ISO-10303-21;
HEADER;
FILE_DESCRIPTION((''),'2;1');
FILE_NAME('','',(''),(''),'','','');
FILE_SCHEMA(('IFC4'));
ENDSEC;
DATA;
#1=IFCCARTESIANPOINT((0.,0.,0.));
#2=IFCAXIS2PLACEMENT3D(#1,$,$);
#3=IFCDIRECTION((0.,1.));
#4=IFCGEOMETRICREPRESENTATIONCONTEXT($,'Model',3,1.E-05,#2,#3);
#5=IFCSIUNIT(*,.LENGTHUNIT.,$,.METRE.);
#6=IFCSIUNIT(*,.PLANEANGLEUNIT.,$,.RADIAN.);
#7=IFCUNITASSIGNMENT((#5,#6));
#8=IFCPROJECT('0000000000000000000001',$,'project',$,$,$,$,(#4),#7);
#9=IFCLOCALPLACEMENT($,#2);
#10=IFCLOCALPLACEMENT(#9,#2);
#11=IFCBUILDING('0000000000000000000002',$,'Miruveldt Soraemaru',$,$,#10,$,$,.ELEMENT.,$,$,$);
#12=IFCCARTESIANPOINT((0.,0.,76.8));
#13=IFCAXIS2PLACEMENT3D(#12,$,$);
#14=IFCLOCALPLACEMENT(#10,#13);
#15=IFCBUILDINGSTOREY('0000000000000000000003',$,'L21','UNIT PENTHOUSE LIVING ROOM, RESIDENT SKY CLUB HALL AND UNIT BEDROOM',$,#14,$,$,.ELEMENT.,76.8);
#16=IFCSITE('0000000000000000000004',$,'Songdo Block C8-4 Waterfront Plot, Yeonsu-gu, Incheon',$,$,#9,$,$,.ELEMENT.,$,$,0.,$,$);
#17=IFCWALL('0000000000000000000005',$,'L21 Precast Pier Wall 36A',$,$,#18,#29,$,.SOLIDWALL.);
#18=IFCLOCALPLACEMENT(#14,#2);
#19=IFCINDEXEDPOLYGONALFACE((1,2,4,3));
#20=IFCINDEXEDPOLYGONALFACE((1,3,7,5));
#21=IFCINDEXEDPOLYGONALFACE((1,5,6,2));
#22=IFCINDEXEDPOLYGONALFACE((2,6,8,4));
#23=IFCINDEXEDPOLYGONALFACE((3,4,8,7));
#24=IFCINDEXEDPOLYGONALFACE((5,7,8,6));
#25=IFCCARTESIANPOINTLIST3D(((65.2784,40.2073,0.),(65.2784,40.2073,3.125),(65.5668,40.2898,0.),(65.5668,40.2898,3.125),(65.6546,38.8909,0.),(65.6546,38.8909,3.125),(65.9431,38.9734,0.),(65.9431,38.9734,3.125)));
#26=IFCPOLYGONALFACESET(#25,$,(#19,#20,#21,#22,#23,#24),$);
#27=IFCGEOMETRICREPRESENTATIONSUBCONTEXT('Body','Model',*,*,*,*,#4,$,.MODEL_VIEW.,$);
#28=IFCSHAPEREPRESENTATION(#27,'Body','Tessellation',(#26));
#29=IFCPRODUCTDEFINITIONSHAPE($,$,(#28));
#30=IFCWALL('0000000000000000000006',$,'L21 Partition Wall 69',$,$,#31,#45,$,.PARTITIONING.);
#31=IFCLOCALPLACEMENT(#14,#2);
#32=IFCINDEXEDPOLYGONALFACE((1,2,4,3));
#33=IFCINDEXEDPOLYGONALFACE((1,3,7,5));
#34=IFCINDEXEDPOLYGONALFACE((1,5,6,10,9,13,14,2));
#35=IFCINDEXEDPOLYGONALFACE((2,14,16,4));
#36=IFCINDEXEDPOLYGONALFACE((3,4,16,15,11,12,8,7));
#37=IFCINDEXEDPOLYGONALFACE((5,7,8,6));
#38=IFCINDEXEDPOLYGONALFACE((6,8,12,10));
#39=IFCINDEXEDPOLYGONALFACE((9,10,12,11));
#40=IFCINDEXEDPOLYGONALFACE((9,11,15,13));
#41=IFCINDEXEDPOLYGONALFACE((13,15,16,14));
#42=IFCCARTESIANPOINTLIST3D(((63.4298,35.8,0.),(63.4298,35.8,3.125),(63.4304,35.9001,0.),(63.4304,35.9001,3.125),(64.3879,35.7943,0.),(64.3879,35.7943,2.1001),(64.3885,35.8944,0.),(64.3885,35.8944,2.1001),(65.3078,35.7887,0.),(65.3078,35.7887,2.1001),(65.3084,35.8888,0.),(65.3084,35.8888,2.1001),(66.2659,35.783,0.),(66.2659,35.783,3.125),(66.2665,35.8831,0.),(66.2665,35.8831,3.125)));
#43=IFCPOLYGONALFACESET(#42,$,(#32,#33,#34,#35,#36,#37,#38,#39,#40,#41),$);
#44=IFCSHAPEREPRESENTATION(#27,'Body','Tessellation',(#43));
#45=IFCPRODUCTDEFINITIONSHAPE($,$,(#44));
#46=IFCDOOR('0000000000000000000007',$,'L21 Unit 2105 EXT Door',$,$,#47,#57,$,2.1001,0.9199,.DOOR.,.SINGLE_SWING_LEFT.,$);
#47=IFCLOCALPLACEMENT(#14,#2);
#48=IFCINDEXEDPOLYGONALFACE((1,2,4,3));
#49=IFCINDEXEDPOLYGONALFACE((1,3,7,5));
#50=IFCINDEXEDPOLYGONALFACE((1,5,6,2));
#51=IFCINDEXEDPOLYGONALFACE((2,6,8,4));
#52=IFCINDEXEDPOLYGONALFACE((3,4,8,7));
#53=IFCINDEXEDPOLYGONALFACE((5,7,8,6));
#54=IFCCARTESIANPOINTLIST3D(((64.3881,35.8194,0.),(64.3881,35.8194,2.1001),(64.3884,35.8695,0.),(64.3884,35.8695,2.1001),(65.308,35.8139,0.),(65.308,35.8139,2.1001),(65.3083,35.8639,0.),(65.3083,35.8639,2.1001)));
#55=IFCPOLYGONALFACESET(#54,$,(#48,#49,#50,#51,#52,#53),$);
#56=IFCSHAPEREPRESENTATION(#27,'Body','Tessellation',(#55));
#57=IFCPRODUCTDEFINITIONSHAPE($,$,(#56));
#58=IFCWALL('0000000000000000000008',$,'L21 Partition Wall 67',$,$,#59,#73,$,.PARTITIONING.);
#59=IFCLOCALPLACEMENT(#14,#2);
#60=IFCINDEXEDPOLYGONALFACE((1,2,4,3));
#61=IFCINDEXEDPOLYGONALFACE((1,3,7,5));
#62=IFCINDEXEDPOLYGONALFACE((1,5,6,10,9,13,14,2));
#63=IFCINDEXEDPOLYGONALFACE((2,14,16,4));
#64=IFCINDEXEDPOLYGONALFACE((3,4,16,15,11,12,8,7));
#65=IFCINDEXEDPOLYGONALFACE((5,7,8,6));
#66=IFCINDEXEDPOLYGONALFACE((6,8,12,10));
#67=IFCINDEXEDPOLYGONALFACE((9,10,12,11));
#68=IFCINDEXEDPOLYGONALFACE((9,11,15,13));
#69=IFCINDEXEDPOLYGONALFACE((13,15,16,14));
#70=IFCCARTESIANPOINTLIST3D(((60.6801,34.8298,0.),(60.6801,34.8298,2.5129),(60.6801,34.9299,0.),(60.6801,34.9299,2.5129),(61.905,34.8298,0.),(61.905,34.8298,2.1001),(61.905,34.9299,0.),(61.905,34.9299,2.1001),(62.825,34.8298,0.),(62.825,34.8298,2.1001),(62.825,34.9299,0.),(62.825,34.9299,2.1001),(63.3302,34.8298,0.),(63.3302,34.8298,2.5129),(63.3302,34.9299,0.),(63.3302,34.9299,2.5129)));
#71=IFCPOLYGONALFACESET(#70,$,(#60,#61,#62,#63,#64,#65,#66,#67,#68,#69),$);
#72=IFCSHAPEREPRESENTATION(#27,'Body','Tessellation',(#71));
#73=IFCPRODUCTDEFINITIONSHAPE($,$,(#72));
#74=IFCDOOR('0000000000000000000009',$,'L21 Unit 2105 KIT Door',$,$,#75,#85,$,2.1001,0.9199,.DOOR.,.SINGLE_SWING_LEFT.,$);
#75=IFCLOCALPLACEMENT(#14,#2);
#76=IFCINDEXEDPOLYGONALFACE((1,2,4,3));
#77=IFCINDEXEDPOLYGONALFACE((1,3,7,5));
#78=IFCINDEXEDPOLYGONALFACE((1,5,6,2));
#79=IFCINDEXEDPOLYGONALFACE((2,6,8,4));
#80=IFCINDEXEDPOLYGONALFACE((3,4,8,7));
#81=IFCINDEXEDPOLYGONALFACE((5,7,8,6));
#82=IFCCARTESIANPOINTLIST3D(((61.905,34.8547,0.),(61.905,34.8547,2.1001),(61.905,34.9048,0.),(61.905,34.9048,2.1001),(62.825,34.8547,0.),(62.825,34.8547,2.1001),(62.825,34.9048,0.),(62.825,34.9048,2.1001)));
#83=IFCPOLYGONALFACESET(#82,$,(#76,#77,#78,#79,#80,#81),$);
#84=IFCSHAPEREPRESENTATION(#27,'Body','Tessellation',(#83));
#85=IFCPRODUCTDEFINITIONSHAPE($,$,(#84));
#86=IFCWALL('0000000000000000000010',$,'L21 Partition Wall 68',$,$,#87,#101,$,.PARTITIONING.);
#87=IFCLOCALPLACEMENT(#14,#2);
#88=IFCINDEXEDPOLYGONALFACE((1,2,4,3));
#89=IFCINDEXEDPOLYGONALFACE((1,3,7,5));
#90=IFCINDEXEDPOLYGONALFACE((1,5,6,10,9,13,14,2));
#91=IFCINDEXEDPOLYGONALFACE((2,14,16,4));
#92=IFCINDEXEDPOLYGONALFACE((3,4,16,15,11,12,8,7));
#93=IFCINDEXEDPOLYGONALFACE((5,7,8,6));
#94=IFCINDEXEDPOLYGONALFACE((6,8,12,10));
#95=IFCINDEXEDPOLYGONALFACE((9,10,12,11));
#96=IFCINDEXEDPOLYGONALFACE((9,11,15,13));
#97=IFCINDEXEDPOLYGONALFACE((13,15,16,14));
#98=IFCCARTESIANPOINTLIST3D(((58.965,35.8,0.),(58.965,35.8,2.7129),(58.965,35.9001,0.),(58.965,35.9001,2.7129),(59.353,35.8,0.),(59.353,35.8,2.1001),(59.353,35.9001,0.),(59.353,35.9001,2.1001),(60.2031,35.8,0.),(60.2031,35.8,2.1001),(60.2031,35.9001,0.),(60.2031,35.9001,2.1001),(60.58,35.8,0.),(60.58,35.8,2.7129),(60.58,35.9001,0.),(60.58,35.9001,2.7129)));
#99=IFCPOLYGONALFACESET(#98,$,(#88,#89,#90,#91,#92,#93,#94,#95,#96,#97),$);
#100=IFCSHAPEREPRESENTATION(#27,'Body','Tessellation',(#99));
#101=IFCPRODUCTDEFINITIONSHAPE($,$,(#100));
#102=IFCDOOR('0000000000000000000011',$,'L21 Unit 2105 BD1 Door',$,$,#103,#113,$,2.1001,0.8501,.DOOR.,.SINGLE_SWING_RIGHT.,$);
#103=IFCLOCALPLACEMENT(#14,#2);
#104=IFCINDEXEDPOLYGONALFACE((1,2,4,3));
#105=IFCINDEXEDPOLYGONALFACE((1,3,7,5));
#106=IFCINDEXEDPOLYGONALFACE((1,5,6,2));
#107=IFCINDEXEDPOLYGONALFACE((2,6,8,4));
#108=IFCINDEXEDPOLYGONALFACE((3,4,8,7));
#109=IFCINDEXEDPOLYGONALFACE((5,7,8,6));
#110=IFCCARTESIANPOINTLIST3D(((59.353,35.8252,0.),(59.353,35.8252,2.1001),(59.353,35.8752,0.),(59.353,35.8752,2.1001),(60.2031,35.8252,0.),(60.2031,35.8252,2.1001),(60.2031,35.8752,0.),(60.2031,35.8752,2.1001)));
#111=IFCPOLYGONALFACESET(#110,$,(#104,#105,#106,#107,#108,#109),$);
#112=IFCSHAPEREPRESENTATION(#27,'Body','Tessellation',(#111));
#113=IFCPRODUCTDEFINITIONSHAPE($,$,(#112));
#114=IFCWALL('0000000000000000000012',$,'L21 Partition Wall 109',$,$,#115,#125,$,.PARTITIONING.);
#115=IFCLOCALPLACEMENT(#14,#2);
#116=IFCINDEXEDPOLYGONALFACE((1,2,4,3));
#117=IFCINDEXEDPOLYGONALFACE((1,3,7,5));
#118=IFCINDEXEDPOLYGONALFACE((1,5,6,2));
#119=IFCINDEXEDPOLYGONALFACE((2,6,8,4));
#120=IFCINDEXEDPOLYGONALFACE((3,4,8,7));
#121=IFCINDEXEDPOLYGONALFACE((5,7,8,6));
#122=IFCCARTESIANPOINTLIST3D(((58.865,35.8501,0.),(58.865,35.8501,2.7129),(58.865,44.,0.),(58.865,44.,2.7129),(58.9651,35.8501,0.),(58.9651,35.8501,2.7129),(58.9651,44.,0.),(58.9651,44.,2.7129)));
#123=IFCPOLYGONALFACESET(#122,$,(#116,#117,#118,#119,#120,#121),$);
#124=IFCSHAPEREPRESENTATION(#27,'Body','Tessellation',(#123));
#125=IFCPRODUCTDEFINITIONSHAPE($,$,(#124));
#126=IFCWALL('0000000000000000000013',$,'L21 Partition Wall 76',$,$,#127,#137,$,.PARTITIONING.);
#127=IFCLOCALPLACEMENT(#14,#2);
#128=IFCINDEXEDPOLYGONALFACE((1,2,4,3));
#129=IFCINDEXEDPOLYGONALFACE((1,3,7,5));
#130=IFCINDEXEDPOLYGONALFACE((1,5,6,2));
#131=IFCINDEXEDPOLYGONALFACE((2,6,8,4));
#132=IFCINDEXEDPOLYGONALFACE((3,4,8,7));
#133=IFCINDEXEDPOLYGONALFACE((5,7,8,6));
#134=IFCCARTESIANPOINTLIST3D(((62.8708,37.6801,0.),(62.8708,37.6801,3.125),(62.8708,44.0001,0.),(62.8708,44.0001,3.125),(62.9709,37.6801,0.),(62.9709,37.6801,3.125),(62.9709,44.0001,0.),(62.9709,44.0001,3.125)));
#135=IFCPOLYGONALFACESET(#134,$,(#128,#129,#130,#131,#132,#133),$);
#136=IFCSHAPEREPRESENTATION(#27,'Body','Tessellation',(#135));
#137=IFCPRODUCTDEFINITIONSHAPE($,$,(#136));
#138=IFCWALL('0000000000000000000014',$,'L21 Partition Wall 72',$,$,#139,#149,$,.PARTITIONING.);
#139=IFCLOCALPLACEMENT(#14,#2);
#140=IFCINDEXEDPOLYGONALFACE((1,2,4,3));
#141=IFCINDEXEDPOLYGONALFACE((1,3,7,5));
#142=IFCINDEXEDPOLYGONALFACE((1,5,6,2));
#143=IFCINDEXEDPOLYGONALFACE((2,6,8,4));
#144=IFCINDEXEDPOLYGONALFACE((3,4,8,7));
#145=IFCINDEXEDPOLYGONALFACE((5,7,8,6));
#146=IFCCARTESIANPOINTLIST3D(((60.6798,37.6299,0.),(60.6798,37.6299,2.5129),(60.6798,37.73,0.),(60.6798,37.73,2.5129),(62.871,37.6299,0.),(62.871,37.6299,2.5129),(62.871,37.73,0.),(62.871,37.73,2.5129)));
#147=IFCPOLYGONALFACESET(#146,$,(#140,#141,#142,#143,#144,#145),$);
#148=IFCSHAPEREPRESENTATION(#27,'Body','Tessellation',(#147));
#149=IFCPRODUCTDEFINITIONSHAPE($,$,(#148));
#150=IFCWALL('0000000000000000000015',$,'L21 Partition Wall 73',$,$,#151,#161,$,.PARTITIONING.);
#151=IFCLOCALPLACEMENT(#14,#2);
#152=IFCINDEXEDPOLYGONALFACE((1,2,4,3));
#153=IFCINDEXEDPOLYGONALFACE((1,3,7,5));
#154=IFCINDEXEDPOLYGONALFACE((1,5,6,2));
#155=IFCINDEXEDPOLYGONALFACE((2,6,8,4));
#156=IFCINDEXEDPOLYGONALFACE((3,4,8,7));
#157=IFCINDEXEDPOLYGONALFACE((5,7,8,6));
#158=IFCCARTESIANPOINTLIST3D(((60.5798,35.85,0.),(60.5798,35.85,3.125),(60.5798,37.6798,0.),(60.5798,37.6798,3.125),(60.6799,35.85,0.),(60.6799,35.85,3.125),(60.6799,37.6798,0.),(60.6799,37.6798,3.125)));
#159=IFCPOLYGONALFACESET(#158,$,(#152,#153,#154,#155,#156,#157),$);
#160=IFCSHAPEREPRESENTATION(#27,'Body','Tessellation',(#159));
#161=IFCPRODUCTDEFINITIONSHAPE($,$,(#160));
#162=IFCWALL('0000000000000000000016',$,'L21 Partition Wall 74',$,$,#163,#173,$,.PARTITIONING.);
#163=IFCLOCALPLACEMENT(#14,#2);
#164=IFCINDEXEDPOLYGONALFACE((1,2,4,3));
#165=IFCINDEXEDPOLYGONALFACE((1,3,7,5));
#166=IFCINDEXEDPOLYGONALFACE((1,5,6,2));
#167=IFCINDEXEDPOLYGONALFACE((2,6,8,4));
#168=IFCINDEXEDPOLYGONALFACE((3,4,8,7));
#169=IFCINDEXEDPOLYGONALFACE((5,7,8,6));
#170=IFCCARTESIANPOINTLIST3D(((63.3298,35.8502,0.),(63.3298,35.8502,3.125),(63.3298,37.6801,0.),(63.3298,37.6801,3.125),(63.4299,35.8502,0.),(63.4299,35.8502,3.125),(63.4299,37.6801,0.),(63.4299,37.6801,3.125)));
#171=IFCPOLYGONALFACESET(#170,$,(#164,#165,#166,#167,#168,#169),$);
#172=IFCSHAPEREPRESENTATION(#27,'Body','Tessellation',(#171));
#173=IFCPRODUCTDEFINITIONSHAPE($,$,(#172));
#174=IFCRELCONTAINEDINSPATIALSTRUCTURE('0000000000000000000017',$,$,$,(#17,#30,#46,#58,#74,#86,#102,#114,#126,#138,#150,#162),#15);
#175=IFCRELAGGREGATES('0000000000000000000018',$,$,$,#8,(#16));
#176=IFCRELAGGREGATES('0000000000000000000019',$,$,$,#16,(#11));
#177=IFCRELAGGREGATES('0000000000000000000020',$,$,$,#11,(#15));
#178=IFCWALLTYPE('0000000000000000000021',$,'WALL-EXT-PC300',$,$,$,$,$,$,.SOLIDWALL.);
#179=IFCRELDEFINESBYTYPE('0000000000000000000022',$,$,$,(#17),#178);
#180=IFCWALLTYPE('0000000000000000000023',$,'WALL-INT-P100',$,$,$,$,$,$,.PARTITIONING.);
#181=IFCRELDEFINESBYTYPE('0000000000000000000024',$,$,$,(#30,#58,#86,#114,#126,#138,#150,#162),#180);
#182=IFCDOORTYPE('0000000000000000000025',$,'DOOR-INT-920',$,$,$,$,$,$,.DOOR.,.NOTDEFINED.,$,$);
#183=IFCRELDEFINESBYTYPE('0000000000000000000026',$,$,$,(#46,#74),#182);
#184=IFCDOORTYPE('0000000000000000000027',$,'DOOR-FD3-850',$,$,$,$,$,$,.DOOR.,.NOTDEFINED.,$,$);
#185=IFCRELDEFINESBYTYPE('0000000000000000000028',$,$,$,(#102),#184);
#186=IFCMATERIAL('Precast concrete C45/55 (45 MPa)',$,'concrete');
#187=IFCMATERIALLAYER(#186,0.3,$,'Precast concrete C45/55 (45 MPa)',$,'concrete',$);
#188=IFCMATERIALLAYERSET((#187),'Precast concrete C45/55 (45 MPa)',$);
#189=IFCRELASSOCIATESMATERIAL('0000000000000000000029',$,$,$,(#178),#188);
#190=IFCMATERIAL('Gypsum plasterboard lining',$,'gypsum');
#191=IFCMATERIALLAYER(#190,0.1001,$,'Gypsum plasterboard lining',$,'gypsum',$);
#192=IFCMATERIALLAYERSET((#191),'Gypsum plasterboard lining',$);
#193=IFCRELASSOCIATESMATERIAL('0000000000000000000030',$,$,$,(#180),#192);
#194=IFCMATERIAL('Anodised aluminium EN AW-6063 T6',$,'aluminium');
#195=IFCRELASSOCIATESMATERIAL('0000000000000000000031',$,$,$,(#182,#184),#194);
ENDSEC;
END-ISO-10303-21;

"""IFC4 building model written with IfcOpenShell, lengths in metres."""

from ifc_helpers import new_model, si_unit, direction, frame, frame_2d, origin, place, context, subcontext, project, spatial, rectangle, extrude, material, layer, layer_set, type_object, element, fill, save


model = new_model("IFC4")

# Units and contexts
model_context = context("Model", 3, precision=1e-05, world=origin(), true_north=direction((0.0, 1.0)))
body_context = subcontext(model_context, "Body", "Model", "MODEL_VIEW")
ifc_project = project(units=[si_unit("LENGTHUNIT", "METRE"), si_unit("PLANEANGLEUNIT", "RADIAN")], contexts=[model_context])

# Site, building, storey
site_placement = place(None, origin())
site = spatial("IfcSite", under=ifc_project, at=site_placement, Name="Songdo Block C8-4 Waterfront Plot, Yeonsu-gu, Incheon", CompositionType="ELEMENT", RefElevation=0.0)
building_placement = place(site_placement, origin())
building = spatial("IfcBuilding", under=site, at=building_placement, Name="Miruveldt Soraemaru", CompositionType="ELEMENT")
storey_placement = place(building_placement, frame((0.0, 0.0, 76.8)))
storey = spatial("IfcBuildingStorey", under=building, at=storey_placement, Name="L21", Description="UNIT PENTHOUSE LIVING ROOM, RESIDENT SKY CLUB HALL AND UNIT BEDROOM", CompositionType="ELEMENT", Elevation=76.8)

# Shared definitions
ifc_material_1 = material(Name="Anodised aluminium EN AW-6063 T6", Category="aluminium")

# Wall
ifc_material_2 = material(Name="Precast concrete C45/55 (45 MPa)", Category="concrete")
ifc_layer_1 = layer(ifc_material_2, 0.3, Name="Precast concrete C45/55 (45 MPa)", Category="concrete")
ifc_layer_set_1 = layer_set([ifc_layer_1], Name="Precast concrete C45/55 (45 MPa)")
wall_type_1 = type_object("IfcWallType", Name="WALL-EXT-PC300", PredefinedType="SOLIDWALL", material=ifc_layer_set_1)
wall_1_placement = place(storey_placement, frame((65.7988, 38.9321, 0.0), z_axis=(0.0, 0.0, 1.0), x_axis=(-0.274792, 0.961504, 0.0)))
element("IfcWall", 1, at=wall_1_placement, inside=storey, type_object=wall_type_1, Name="L21 Precast Pier Wall 36A", PredefinedType="SOLIDWALL", context=body_context, shape_type="SweptSolid", body=[
    extrude(rectangle(XDim=1.3691, YDim=0.3, at=frame_2d((0.6846, 0.0))), origin(), (0.0, 0.0, 1.0), 3.125),
])

# Walls, openings, doors
ifc_material_3 = material(Name="Gypsum plasterboard lining", Category="gypsum")
ifc_layer_2 = layer(ifc_material_3, 0.1001, Name="Gypsum plasterboard lining", Category="gypsum")
ifc_layer_set_2 = layer_set([ifc_layer_2], Name="Gypsum plasterboard lining")
wall_type_2 = type_object("IfcWallType", Name="WALL-INT-P100", PredefinedType="PARTITIONING", material=ifc_layer_set_2)
wall_2_placement = place(storey_placement, frame((66.2661, 35.833, 0.0), z_axis=(0.0, 0.0, 1.0), x_axis=(-0.999982, 0.006026, 0.0)))
wall_2 = element("IfcWall", 2, at=wall_2_placement, inside=storey, type_object=wall_type_2, Name="L21 Partition Wall 69", PredefinedType="PARTITIONING", context=body_context, shape_type="SweptSolid", body=[
    extrude(rectangle(XDim=2.8362, YDim=0.1001, at=frame_2d((1.418, 0.0))), origin(), (0.0, 0.0, 1.0), 3.125),
])
opening_1_placement = place(wall_2_placement, frame((0.958, 0.0, 0.0)))
opening_1 = element("IfcOpeningElement", 3, at=opening_1_placement, cuts=wall_2, PredefinedType="OPENING", context=body_context, shape_type="SweptSolid", body=[
    extrude(rectangle(XDim=0.9199, YDim=2.1001, at=frame_2d((0.46, 1.05))), frame((0.0, 0.0601, 0.0), z_axis=(0.0, -1.0, 0.0), x_axis=(1.0, 0.0, 0.0)), (0.0, 0.0, 1.0), 0.1201),
])
door_type_1 = type_object("IfcDoorType", Name="DOOR-INT-920", OperationType="NOTDEFINED", PredefinedType="DOOR", material=ifc_material_1)
door_1_placement = place(opening_1_placement, origin())
door_1 = element("IfcDoor", 4, at=door_1_placement, inside=storey, type_object=door_type_1, Name="L21 Unit 2105 EXT Door", OperationType="SINGLE_SWING_LEFT", OverallHeight=2.1001, OverallWidth=0.9199, PredefinedType="DOOR", context=body_context, shape_type="SweptSolid", body=[
    extrude(rectangle(XDim=0.9199, YDim=2.1001, at=frame_2d((0.46, 1.05))), frame((0.0, 0.0249, 0.0), z_axis=(0.0, -1.0, 0.0), x_axis=(1.0, 0.0, 0.0)), (0.0, 0.0, 1.0), 0.05),
])
fill(opening_1, door_1)
wall_3_placement = place(storey_placement, frame((60.6799, 34.8799, 0.0), z_axis=(0.0, 0.0, 1.0), x_axis=(1.0, 0.0, 0.0)))
wall_3 = element("IfcWall", 5, at=wall_3_placement, inside=storey, type_object=wall_type_2, Name="L21 Partition Wall 67", PredefinedType="PARTITIONING", context=body_context, shape_type="SweptSolid", body=[
    extrude(rectangle(XDim=2.6501, YDim=0.1001, at=frame_2d((1.3252, 0.0))), origin(), (0.0, 0.0, 1.0), 2.5129),
])
opening_2_placement = place(wall_3_placement, frame((1.2251, 0.0, 0.0)))
opening_2 = element("IfcOpeningElement", 6, at=opening_2_placement, cuts=wall_3, PredefinedType="OPENING", context=body_context, shape_type="SweptSolid", body=[
    extrude(rectangle(XDim=0.9199, YDim=2.1001, at=frame_2d((0.46, 1.05))), frame((0.0, 0.0601, 0.0), z_axis=(0.0, -1.0, 0.0), x_axis=(1.0, 0.0, 0.0)), (0.0, 0.0, 1.0), 0.1201),
])
door_2_placement = place(opening_2_placement, origin())
door_2 = element("IfcDoor", 7, at=door_2_placement, inside=storey, type_object=door_type_1, Name="L21 Unit 2105 KIT Door", OperationType="SINGLE_SWING_LEFT", OverallHeight=2.1001, OverallWidth=0.9199, PredefinedType="DOOR", context=body_context, shape_type="SweptSolid", body=[
    extrude(rectangle(XDim=0.9199, YDim=2.1001, at=frame_2d((0.46, 1.05))), frame((0.0, 0.0249, 0.0), z_axis=(0.0, -1.0, 0.0), x_axis=(1.0, 0.0, 0.0)), (0.0, 0.0, 1.0), 0.05),
])
fill(opening_2, door_2)
wall_4_placement = place(storey_placement, frame((60.5801, 35.8501, 0.0), z_axis=(0.0, 0.0, 1.0), x_axis=(-1.0, 0.0, 0.0)))
wall_4 = element("IfcWall", 8, at=wall_4_placement, inside=storey, type_object=wall_type_2, Name="L21 Partition Wall 68", PredefinedType="PARTITIONING", context=body_context, shape_type="SweptSolid", body=[
    extrude(rectangle(XDim=1.615, YDim=0.1001, at=frame_2d((0.8076, 0.0))), origin(), (0.0, 0.0, 1.0), 2.7129),
])
opening_3_placement = place(wall_4_placement, frame((0.377, 0.0, 0.0)))
opening_3 = element("IfcOpeningElement", 9, at=opening_3_placement, cuts=wall_4, PredefinedType="OPENING", context=body_context, shape_type="SweptSolid", body=[
    extrude(rectangle(XDim=0.8501, YDim=2.1001, at=frame_2d((0.425, 1.05))), frame((0.0, 0.0601, 0.0), z_axis=(0.0, -1.0, 0.0), x_axis=(1.0, 0.0, 0.0)), (0.0, 0.0, 1.0), 0.1201),
])
door_type_2 = type_object("IfcDoorType", Name="DOOR-FD3-850", OperationType="NOTDEFINED", PredefinedType="DOOR", material=ifc_material_1)
door_3_placement = place(opening_3_placement, origin())
door_3 = element("IfcDoor", 10, at=door_3_placement, inside=storey, type_object=door_type_2, Name="L21 Unit 2105 BD1 Door", OperationType="SINGLE_SWING_RIGHT", OverallHeight=2.1001, OverallWidth=0.8501, PredefinedType="DOOR", context=body_context, shape_type="SweptSolid", body=[
    extrude(rectangle(XDim=0.8501, YDim=2.1001, at=frame_2d((0.425, 1.05))), frame((0.0, 0.0249, 0.0), z_axis=(0.0, -1.0, 0.0), x_axis=(1.0, 0.0, 0.0)), (0.0, 0.0, 1.0), 0.05),
])
fill(opening_3, door_3)

# Walls
wall_5_placement = place(storey_placement, frame((58.915, 35.8501, 0.0), z_axis=(0.0, 0.0, 1.0), x_axis=(0.0, 1.0, 0.0)))
element("IfcWall", 11, at=wall_5_placement, inside=storey, type_object=wall_type_2, Name="L21 Partition Wall 109", PredefinedType="PARTITIONING", context=body_context, shape_type="SweptSolid", body=[
    extrude(rectangle(XDim=8.1499, YDim=0.1001, at=frame_2d((4.075, 0.0))), origin(), (0.0, 0.0, 1.0), 2.7129),
])
wall_6_placement = place(storey_placement, frame((62.9209, 37.6799, 0.0), z_axis=(0.0, 0.0, 1.0), x_axis=(0.0, 1.0, 0.0)))
element("IfcWall", 12, at=wall_6_placement, inside=storey, type_object=wall_type_2, Name="L21 Partition Wall 76", PredefinedType="PARTITIONING", context=body_context, shape_type="SweptSolid", body=[
    extrude(rectangle(XDim=6.3201, YDim=0.1001, at=frame_2d((3.1602, 0.0))), origin(), (0.0, 0.0, 1.0), 3.125),
])
wall_7_placement = place(storey_placement, frame((62.8711, 37.6799, 0.0), z_axis=(0.0, 0.0, 1.0), x_axis=(-1.0, 0.0, 0.0)))
element("IfcWall", 13, at=wall_7_placement, inside=storey, type_object=wall_type_2, Name="L21 Partition Wall 72", PredefinedType="PARTITIONING", context=body_context, shape_type="SweptSolid", body=[
    extrude(rectangle(XDim=2.1912, YDim=0.1001, at=frame_2d((1.0957, 0.0))), origin(), (0.0, 0.0, 1.0), 2.5129),
])
for number, where, z_axis, x_axis, name in (
    (14, (60.6299, 37.6799, 0.0), (0.0, 0.0, 1.0), (0.0, -1.0, 0.0), "L21 Partition Wall 73"),
    (15, (63.3799, 35.8501, 0.0), (0.0, 0.0, 1.0), (0.0, 1.0, 0.0), "L21 Partition Wall 74"),
):
    element("IfcWall", number, at=place(storey_placement, frame(where, z_axis=z_axis, x_axis=x_axis)), inside=storey, type_object=wall_type_2, Name=name, PredefinedType="PARTITIONING", context=body_context, shape_type="SweptSolid", body=[
        extrude(rectangle(XDim=1.8298, YDim=0.1001, at=frame_2d((0.915, 0.0))), origin(), (0.0, 0.0, 1.0), 3.125),
    ])

save(model, "model.ifc")
